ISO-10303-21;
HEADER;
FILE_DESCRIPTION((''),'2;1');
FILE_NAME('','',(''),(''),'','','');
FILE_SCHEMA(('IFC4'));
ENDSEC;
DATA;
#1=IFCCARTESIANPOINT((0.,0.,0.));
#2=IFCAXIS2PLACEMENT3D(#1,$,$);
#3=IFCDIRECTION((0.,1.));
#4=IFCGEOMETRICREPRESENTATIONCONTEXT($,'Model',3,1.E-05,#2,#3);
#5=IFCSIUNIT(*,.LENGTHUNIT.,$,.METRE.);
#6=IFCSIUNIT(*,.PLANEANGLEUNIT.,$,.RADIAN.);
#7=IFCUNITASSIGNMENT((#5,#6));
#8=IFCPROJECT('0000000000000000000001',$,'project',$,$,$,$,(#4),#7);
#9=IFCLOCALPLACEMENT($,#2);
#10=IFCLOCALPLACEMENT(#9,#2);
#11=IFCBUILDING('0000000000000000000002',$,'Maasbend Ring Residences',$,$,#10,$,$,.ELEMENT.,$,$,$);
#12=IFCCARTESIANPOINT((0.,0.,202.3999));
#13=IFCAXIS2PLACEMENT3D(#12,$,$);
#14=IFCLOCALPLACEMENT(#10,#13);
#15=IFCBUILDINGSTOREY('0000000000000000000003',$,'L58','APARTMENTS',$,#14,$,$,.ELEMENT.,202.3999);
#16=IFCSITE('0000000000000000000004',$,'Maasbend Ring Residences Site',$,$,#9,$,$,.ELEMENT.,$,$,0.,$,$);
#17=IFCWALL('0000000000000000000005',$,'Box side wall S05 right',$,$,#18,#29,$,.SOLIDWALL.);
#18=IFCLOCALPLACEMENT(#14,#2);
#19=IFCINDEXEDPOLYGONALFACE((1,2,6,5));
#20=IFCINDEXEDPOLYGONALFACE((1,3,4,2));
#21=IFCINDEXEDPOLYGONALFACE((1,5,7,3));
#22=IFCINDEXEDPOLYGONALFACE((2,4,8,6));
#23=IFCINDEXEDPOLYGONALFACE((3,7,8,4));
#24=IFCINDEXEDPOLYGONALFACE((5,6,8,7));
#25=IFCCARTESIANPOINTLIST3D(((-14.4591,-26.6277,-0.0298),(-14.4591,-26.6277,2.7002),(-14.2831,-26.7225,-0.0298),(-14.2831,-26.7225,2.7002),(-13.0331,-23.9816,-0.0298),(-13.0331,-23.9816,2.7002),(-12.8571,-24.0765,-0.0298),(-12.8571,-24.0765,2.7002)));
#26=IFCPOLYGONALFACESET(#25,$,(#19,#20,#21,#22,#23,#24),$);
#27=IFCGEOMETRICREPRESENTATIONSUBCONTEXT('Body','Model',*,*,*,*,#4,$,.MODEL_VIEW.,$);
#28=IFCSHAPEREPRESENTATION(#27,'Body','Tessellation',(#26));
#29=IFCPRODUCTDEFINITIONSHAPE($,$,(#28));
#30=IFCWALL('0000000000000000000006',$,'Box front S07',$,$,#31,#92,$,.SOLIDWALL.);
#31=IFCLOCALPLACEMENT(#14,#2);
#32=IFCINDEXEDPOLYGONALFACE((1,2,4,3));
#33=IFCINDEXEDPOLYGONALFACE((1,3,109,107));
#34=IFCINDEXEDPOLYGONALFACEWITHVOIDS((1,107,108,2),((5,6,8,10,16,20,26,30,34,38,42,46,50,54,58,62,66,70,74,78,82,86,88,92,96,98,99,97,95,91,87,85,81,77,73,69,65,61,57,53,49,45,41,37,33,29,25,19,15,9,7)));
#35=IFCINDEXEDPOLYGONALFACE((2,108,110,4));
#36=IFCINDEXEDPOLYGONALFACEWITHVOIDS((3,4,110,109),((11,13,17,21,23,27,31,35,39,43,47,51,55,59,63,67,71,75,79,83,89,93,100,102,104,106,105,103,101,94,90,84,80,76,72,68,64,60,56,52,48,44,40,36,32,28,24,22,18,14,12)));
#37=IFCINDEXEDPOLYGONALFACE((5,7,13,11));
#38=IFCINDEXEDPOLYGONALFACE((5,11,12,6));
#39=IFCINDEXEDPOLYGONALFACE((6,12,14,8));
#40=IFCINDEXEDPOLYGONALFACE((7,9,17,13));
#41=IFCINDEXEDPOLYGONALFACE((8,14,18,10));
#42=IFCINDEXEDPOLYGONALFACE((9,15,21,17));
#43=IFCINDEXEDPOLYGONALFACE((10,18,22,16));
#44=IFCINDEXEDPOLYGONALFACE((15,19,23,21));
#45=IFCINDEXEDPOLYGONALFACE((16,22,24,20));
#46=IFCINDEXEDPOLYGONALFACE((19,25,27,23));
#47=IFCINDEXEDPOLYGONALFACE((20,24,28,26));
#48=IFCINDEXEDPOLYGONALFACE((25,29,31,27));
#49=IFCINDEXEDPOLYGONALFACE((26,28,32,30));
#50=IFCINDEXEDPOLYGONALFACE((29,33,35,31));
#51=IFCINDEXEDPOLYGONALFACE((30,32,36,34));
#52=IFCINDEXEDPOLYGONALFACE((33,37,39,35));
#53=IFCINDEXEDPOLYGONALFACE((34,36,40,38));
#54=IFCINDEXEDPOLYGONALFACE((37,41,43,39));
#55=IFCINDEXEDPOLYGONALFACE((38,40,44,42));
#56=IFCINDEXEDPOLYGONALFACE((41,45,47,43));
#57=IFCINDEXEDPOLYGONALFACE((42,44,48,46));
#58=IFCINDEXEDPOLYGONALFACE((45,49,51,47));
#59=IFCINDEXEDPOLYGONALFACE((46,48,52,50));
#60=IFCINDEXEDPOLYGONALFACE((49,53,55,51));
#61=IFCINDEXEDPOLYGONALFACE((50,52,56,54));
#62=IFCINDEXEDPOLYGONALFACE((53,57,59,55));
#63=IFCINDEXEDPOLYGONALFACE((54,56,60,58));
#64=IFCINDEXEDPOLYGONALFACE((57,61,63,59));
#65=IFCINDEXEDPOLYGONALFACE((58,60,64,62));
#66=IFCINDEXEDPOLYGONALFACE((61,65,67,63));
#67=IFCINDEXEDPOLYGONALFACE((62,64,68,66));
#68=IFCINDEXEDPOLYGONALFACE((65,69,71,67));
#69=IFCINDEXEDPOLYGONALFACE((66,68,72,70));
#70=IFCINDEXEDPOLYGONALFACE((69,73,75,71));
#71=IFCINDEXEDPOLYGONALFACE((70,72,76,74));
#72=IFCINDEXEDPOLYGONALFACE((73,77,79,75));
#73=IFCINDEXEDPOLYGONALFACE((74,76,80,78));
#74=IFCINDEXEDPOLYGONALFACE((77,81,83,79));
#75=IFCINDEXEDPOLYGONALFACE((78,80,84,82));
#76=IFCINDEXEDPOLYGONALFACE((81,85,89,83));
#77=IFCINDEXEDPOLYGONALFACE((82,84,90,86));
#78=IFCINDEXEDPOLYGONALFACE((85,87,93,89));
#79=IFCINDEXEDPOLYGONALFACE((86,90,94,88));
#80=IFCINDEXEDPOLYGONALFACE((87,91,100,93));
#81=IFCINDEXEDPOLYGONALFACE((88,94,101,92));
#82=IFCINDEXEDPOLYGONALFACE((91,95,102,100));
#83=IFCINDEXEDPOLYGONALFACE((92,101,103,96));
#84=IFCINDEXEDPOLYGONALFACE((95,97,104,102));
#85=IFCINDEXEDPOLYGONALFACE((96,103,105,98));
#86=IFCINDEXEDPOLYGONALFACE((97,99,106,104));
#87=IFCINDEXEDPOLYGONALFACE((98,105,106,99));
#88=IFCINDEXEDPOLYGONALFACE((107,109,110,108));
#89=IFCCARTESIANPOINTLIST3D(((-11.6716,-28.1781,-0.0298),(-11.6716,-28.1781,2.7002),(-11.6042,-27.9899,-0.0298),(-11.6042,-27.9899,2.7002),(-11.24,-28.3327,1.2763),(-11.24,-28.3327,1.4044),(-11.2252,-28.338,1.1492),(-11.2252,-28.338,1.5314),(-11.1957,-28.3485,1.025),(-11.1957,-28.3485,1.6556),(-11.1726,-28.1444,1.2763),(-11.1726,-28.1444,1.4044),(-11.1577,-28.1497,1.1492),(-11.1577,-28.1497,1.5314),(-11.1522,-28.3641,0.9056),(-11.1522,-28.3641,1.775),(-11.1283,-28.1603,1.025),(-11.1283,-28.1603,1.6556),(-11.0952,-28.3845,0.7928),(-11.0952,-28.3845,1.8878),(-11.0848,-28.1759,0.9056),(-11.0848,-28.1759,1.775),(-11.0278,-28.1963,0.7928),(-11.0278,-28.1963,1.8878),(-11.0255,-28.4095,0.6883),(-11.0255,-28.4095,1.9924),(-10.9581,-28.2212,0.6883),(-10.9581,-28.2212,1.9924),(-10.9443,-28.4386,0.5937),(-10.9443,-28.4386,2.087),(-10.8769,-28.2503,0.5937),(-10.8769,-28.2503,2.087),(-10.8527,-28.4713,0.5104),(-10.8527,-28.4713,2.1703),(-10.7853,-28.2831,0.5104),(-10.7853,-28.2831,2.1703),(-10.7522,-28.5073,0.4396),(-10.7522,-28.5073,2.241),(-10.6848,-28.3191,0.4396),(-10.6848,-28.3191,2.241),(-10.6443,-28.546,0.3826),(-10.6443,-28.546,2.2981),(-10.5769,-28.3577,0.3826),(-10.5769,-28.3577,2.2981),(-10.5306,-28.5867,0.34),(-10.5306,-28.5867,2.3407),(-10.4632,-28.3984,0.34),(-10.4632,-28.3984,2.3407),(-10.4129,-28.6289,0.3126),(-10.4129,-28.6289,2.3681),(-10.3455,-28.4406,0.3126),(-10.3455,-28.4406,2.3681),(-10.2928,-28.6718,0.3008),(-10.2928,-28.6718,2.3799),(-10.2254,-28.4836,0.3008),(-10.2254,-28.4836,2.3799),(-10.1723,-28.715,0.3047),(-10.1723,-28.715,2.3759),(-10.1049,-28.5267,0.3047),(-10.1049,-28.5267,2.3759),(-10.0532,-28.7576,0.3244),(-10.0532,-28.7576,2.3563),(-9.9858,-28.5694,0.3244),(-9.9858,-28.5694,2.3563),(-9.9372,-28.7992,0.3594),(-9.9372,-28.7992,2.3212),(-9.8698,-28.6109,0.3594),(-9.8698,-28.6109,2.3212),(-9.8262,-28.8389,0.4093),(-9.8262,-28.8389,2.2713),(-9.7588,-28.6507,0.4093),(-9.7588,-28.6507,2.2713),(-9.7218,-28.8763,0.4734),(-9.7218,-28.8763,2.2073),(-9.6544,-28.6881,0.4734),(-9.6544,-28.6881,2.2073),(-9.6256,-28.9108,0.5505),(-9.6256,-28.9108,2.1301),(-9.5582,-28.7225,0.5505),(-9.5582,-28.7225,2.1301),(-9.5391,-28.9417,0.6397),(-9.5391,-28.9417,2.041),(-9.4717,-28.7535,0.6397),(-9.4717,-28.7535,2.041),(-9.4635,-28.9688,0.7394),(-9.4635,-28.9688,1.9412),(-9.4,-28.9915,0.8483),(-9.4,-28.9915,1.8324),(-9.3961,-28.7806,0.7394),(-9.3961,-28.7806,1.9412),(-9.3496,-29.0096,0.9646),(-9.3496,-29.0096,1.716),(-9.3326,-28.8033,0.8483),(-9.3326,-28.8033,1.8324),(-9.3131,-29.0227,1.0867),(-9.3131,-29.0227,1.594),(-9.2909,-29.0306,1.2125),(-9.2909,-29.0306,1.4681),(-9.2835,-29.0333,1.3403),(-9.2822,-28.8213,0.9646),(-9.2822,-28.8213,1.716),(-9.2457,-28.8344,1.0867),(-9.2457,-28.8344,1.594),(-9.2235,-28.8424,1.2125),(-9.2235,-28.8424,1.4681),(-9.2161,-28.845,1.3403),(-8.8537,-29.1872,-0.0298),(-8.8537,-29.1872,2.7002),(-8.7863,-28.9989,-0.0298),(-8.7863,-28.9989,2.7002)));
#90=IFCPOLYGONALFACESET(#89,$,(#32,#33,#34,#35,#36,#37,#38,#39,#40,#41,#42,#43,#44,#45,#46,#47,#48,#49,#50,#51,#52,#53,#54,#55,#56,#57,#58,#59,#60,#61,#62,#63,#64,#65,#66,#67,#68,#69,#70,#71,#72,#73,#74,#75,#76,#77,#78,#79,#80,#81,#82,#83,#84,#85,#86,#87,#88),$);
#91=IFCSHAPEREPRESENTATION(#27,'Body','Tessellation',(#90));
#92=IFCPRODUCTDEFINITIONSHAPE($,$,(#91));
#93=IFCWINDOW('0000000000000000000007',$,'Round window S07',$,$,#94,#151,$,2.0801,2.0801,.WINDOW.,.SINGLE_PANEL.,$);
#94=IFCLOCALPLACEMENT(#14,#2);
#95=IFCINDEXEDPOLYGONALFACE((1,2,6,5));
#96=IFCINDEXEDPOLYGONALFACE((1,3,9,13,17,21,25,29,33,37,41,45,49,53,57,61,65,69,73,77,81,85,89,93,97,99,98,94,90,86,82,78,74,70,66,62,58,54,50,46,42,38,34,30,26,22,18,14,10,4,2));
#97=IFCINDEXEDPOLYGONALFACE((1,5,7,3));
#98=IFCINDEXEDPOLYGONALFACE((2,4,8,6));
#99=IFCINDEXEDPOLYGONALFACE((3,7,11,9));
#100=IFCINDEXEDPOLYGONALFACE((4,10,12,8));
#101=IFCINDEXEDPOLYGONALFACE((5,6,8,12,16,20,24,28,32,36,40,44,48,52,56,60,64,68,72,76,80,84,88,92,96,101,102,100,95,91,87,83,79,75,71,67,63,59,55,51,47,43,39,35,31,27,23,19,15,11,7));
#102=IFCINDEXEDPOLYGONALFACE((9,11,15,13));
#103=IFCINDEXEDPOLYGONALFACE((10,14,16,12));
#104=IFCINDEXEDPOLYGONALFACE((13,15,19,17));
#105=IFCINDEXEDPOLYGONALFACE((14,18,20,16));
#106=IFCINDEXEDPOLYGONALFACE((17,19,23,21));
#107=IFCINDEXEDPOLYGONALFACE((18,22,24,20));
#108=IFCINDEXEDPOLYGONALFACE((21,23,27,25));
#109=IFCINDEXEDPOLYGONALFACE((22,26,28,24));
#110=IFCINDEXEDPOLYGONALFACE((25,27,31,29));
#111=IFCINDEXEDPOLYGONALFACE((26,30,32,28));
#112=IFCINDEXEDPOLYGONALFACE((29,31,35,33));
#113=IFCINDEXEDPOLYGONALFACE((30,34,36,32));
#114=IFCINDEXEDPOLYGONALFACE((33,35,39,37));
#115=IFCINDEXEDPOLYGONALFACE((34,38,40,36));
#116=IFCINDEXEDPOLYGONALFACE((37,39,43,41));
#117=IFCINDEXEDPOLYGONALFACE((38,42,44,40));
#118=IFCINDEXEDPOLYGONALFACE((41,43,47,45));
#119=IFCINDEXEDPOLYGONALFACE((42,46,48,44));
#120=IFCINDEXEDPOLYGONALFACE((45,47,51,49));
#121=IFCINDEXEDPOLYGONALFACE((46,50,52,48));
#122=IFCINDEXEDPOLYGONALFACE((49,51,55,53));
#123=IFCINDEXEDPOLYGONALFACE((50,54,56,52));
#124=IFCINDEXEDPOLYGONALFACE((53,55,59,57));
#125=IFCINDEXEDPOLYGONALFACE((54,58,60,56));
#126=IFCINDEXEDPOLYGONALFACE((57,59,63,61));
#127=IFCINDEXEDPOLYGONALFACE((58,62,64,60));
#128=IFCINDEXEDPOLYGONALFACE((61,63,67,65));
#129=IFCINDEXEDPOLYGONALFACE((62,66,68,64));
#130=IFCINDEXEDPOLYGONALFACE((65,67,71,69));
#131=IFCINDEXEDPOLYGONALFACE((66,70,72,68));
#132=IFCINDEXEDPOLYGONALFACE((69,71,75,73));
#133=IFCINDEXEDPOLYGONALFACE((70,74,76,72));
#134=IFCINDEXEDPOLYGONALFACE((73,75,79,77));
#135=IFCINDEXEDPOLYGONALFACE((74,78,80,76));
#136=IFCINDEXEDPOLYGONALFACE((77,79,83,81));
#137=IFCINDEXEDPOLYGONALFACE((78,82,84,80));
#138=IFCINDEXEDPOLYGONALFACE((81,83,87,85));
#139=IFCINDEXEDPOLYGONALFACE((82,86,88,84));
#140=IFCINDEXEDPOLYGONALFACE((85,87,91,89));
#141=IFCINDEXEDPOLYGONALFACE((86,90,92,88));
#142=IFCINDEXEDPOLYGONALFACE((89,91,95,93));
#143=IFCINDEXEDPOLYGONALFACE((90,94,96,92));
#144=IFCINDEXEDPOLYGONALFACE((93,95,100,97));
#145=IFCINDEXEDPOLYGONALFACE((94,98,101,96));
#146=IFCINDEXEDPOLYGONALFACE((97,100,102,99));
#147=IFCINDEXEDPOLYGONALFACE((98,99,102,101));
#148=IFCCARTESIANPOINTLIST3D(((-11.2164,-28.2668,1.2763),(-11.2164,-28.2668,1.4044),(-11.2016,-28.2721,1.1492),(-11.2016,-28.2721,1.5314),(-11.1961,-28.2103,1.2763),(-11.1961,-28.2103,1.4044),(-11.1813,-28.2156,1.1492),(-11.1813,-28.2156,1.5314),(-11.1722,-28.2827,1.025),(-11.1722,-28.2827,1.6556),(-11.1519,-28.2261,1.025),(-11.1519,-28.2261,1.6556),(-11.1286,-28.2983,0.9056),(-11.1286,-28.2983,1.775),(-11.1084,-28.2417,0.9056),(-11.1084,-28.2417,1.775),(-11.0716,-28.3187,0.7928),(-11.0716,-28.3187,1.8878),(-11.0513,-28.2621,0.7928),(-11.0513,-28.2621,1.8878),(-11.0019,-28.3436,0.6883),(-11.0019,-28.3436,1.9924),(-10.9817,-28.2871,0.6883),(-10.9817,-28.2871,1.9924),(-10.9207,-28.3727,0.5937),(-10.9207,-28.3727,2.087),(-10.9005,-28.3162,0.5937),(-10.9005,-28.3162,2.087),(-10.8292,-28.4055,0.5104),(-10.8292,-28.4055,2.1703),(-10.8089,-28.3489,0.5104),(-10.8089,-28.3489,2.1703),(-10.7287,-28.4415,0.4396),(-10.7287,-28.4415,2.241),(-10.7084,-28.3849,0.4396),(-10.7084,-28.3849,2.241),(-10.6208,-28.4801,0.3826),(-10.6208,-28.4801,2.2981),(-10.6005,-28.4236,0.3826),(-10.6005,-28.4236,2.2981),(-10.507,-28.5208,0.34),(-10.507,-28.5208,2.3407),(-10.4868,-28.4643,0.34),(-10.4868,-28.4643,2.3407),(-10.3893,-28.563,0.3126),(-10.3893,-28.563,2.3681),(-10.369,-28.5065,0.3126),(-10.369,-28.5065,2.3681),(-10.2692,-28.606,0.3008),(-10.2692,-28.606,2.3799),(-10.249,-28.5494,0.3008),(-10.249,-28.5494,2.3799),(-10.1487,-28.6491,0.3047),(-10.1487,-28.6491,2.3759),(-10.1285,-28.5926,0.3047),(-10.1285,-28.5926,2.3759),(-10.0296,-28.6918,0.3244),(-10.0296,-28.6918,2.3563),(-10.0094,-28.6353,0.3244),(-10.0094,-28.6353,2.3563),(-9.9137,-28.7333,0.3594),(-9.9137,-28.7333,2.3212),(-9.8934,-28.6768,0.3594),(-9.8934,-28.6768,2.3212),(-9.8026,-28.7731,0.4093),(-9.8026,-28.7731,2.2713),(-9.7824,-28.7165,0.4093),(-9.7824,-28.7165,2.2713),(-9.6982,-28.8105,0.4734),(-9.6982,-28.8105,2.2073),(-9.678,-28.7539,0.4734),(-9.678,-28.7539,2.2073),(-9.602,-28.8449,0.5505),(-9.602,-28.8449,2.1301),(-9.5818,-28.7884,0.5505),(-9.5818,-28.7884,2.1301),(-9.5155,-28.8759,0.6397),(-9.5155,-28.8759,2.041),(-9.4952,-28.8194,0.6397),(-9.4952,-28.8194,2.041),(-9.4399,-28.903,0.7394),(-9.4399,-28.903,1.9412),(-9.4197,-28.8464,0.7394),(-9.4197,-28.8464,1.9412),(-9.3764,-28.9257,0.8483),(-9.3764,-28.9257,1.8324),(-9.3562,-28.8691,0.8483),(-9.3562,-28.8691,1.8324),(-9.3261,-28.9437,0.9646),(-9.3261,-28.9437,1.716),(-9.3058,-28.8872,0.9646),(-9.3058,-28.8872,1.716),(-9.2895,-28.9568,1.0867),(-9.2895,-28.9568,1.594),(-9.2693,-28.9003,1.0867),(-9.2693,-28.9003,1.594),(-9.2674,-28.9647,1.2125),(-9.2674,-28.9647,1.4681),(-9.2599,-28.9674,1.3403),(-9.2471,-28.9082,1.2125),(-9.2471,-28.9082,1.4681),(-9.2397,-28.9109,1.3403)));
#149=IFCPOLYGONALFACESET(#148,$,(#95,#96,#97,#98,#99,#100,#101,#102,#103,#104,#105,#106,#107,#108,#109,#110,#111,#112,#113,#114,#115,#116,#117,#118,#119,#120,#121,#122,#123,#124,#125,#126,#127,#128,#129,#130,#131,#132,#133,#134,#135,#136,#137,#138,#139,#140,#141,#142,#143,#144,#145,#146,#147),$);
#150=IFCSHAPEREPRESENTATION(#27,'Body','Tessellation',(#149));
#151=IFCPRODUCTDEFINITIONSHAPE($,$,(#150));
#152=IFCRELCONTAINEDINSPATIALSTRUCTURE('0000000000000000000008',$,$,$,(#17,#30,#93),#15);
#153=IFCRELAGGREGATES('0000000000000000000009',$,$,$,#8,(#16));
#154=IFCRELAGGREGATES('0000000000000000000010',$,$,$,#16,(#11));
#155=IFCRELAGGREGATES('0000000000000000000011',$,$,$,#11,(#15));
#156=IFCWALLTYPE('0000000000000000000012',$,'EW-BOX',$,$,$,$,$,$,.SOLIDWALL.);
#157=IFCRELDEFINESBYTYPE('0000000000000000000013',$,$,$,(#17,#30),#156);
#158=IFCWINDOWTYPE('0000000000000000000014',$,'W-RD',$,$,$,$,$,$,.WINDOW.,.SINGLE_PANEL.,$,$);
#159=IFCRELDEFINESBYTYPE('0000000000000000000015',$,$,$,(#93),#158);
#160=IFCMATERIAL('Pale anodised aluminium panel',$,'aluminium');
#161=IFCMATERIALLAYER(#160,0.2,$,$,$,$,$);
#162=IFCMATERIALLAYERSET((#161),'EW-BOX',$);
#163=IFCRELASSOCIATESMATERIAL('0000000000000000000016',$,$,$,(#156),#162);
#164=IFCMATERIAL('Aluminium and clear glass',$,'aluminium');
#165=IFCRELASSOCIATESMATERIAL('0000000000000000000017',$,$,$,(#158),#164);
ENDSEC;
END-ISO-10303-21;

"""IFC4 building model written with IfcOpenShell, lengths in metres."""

from ifc_helpers import new_model, si_unit, direction, frame, frame_2d, origin, place, context, subcontext, project, spatial, rectangle, circle, extrude, material, layer, layer_set, type_object, element, fill, save


model = new_model("IFC4")

# Units and contexts
model_context = context("Model", 3, precision=1e-05, world=origin(), true_north=direction((0.0, 1.0)))
body_context = subcontext(model_context, "Body", "Model", "MODEL_VIEW")
ifc_project = project(units=[si_unit("LENGTHUNIT", "METRE"), si_unit("PLANEANGLEUNIT", "RADIAN")], contexts=[model_context])

# Site, building, storey
site_placement = place(None, origin())
site = spatial("IfcSite", under=ifc_project, at=site_placement, Name="Maasbend Ring Residences Site", CompositionType="ELEMENT", RefElevation=0.0)
building_placement = place(site_placement, origin())
building = spatial("IfcBuilding", under=site, at=building_placement, Name="Maasbend Ring Residences", CompositionType="ELEMENT")
storey_placement = place(building_placement, frame((0.0, 0.0, 202.3999)))
storey = spatial("IfcBuildingStorey", under=building, at=storey_placement, Name="L58", Description="APARTMENTS", CompositionType="ELEMENT", Elevation=202.3999)

# Shared definitions
ifc_material_1 = material(Name="Pale anodised aluminium panel", Category="aluminium")
ifc_layer_1 = layer(ifc_material_1, 0.2)
ifc_layer_set_1 = layer_set([ifc_layer_1], Name="EW-BOX")
wall_type_1 = type_object("IfcWallType", Name="EW-BOX", PredefinedType="SOLIDWALL", material=ifc_layer_set_1)
ifc_material_2 = material(Name="Aluminium and clear glass", Category="aluminium")
window_type_1 = type_object("IfcWindowType", Name="W-RD", PartitioningType="SINGLE_PANEL", PredefinedType="WINDOW", material=ifc_material_2)

# Wall
wall_1_placement = place(storey_placement, frame((-12.9451, -24.0291, -0.0298), z_axis=(0.0, 0.0, 1.0), x_axis=(-0.474424, -0.880296, 0.0)))
element("IfcWall", 1, at=wall_1_placement, inside=storey, type_object=wall_type_1, Name="Box side wall S05 right", PredefinedType="SOLIDWALL", context=body_context, shape_type="SweptSolid", body=[
    extrude(rectangle(XDim=3.0059, YDim=0.2, at=frame_2d((1.5029, 0.0))), origin(), (0.0, 0.0, 1.0), 2.73),
])

# Wall, opening, window
wall_2_placement = place(storey_placement, frame((-11.6379, -28.084, -0.0298), z_axis=(0.0, 0.0, 1.0), x_axis=(0.941461, -0.337122, 0.0)))
wall_2 = element("IfcWall", 2, at=wall_2_placement, inside=storey, type_object=wall_type_1, Name="Box front S07", PredefinedType="SOLIDWALL", context=body_context, shape_type="SweptSolid", body=[
    extrude(rectangle(XDim=2.9932, YDim=0.2, at=frame_2d((1.4966, 0.0))), origin(), (0.0, 0.0, 1.0), 2.73),
])
opening_1_placement = place(wall_2_placement, frame((0.4565, 0.0, 0.3301)))
opening_1 = element("IfcOpeningElement", 3, at=opening_1_placement, cuts=wall_2, PredefinedType="OPENING", context=body_context, shape_type="SweptSolid", body=[
    extrude(circle(Radius=1.04, at=frame_2d((1.04, 1.04))), frame((0.0, 0.1099, 0.0), z_axis=(0.0, -1.0, 0.0), x_axis=(1.0, 0.0, 0.0)), (0.0, 0.0, 1.0), 0.22),
])
window_1_placement = place(opening_1_placement, origin())
window_1 = element("IfcWindow", 4, at=window_1_placement, inside=storey, type_object=window_type_1, Name="Round window S07", OverallHeight=2.0801, OverallWidth=2.0801, PartitioningType="SINGLE_PANEL", PredefinedType="WINDOW", context=body_context, shape_type="SweptSolid", body=[
    extrude(circle(Radius=1.04, at=frame_2d((1.04, 1.04))), frame((0.0, 0.03, 0.0), z_axis=(0.0, -1.0, 0.0), x_axis=(1.0, 0.0, 0.0)), (0.0, 0.0, 1.0), 0.0601),
])
fill(opening_1, window_1)

save(model, "model.ifc")
